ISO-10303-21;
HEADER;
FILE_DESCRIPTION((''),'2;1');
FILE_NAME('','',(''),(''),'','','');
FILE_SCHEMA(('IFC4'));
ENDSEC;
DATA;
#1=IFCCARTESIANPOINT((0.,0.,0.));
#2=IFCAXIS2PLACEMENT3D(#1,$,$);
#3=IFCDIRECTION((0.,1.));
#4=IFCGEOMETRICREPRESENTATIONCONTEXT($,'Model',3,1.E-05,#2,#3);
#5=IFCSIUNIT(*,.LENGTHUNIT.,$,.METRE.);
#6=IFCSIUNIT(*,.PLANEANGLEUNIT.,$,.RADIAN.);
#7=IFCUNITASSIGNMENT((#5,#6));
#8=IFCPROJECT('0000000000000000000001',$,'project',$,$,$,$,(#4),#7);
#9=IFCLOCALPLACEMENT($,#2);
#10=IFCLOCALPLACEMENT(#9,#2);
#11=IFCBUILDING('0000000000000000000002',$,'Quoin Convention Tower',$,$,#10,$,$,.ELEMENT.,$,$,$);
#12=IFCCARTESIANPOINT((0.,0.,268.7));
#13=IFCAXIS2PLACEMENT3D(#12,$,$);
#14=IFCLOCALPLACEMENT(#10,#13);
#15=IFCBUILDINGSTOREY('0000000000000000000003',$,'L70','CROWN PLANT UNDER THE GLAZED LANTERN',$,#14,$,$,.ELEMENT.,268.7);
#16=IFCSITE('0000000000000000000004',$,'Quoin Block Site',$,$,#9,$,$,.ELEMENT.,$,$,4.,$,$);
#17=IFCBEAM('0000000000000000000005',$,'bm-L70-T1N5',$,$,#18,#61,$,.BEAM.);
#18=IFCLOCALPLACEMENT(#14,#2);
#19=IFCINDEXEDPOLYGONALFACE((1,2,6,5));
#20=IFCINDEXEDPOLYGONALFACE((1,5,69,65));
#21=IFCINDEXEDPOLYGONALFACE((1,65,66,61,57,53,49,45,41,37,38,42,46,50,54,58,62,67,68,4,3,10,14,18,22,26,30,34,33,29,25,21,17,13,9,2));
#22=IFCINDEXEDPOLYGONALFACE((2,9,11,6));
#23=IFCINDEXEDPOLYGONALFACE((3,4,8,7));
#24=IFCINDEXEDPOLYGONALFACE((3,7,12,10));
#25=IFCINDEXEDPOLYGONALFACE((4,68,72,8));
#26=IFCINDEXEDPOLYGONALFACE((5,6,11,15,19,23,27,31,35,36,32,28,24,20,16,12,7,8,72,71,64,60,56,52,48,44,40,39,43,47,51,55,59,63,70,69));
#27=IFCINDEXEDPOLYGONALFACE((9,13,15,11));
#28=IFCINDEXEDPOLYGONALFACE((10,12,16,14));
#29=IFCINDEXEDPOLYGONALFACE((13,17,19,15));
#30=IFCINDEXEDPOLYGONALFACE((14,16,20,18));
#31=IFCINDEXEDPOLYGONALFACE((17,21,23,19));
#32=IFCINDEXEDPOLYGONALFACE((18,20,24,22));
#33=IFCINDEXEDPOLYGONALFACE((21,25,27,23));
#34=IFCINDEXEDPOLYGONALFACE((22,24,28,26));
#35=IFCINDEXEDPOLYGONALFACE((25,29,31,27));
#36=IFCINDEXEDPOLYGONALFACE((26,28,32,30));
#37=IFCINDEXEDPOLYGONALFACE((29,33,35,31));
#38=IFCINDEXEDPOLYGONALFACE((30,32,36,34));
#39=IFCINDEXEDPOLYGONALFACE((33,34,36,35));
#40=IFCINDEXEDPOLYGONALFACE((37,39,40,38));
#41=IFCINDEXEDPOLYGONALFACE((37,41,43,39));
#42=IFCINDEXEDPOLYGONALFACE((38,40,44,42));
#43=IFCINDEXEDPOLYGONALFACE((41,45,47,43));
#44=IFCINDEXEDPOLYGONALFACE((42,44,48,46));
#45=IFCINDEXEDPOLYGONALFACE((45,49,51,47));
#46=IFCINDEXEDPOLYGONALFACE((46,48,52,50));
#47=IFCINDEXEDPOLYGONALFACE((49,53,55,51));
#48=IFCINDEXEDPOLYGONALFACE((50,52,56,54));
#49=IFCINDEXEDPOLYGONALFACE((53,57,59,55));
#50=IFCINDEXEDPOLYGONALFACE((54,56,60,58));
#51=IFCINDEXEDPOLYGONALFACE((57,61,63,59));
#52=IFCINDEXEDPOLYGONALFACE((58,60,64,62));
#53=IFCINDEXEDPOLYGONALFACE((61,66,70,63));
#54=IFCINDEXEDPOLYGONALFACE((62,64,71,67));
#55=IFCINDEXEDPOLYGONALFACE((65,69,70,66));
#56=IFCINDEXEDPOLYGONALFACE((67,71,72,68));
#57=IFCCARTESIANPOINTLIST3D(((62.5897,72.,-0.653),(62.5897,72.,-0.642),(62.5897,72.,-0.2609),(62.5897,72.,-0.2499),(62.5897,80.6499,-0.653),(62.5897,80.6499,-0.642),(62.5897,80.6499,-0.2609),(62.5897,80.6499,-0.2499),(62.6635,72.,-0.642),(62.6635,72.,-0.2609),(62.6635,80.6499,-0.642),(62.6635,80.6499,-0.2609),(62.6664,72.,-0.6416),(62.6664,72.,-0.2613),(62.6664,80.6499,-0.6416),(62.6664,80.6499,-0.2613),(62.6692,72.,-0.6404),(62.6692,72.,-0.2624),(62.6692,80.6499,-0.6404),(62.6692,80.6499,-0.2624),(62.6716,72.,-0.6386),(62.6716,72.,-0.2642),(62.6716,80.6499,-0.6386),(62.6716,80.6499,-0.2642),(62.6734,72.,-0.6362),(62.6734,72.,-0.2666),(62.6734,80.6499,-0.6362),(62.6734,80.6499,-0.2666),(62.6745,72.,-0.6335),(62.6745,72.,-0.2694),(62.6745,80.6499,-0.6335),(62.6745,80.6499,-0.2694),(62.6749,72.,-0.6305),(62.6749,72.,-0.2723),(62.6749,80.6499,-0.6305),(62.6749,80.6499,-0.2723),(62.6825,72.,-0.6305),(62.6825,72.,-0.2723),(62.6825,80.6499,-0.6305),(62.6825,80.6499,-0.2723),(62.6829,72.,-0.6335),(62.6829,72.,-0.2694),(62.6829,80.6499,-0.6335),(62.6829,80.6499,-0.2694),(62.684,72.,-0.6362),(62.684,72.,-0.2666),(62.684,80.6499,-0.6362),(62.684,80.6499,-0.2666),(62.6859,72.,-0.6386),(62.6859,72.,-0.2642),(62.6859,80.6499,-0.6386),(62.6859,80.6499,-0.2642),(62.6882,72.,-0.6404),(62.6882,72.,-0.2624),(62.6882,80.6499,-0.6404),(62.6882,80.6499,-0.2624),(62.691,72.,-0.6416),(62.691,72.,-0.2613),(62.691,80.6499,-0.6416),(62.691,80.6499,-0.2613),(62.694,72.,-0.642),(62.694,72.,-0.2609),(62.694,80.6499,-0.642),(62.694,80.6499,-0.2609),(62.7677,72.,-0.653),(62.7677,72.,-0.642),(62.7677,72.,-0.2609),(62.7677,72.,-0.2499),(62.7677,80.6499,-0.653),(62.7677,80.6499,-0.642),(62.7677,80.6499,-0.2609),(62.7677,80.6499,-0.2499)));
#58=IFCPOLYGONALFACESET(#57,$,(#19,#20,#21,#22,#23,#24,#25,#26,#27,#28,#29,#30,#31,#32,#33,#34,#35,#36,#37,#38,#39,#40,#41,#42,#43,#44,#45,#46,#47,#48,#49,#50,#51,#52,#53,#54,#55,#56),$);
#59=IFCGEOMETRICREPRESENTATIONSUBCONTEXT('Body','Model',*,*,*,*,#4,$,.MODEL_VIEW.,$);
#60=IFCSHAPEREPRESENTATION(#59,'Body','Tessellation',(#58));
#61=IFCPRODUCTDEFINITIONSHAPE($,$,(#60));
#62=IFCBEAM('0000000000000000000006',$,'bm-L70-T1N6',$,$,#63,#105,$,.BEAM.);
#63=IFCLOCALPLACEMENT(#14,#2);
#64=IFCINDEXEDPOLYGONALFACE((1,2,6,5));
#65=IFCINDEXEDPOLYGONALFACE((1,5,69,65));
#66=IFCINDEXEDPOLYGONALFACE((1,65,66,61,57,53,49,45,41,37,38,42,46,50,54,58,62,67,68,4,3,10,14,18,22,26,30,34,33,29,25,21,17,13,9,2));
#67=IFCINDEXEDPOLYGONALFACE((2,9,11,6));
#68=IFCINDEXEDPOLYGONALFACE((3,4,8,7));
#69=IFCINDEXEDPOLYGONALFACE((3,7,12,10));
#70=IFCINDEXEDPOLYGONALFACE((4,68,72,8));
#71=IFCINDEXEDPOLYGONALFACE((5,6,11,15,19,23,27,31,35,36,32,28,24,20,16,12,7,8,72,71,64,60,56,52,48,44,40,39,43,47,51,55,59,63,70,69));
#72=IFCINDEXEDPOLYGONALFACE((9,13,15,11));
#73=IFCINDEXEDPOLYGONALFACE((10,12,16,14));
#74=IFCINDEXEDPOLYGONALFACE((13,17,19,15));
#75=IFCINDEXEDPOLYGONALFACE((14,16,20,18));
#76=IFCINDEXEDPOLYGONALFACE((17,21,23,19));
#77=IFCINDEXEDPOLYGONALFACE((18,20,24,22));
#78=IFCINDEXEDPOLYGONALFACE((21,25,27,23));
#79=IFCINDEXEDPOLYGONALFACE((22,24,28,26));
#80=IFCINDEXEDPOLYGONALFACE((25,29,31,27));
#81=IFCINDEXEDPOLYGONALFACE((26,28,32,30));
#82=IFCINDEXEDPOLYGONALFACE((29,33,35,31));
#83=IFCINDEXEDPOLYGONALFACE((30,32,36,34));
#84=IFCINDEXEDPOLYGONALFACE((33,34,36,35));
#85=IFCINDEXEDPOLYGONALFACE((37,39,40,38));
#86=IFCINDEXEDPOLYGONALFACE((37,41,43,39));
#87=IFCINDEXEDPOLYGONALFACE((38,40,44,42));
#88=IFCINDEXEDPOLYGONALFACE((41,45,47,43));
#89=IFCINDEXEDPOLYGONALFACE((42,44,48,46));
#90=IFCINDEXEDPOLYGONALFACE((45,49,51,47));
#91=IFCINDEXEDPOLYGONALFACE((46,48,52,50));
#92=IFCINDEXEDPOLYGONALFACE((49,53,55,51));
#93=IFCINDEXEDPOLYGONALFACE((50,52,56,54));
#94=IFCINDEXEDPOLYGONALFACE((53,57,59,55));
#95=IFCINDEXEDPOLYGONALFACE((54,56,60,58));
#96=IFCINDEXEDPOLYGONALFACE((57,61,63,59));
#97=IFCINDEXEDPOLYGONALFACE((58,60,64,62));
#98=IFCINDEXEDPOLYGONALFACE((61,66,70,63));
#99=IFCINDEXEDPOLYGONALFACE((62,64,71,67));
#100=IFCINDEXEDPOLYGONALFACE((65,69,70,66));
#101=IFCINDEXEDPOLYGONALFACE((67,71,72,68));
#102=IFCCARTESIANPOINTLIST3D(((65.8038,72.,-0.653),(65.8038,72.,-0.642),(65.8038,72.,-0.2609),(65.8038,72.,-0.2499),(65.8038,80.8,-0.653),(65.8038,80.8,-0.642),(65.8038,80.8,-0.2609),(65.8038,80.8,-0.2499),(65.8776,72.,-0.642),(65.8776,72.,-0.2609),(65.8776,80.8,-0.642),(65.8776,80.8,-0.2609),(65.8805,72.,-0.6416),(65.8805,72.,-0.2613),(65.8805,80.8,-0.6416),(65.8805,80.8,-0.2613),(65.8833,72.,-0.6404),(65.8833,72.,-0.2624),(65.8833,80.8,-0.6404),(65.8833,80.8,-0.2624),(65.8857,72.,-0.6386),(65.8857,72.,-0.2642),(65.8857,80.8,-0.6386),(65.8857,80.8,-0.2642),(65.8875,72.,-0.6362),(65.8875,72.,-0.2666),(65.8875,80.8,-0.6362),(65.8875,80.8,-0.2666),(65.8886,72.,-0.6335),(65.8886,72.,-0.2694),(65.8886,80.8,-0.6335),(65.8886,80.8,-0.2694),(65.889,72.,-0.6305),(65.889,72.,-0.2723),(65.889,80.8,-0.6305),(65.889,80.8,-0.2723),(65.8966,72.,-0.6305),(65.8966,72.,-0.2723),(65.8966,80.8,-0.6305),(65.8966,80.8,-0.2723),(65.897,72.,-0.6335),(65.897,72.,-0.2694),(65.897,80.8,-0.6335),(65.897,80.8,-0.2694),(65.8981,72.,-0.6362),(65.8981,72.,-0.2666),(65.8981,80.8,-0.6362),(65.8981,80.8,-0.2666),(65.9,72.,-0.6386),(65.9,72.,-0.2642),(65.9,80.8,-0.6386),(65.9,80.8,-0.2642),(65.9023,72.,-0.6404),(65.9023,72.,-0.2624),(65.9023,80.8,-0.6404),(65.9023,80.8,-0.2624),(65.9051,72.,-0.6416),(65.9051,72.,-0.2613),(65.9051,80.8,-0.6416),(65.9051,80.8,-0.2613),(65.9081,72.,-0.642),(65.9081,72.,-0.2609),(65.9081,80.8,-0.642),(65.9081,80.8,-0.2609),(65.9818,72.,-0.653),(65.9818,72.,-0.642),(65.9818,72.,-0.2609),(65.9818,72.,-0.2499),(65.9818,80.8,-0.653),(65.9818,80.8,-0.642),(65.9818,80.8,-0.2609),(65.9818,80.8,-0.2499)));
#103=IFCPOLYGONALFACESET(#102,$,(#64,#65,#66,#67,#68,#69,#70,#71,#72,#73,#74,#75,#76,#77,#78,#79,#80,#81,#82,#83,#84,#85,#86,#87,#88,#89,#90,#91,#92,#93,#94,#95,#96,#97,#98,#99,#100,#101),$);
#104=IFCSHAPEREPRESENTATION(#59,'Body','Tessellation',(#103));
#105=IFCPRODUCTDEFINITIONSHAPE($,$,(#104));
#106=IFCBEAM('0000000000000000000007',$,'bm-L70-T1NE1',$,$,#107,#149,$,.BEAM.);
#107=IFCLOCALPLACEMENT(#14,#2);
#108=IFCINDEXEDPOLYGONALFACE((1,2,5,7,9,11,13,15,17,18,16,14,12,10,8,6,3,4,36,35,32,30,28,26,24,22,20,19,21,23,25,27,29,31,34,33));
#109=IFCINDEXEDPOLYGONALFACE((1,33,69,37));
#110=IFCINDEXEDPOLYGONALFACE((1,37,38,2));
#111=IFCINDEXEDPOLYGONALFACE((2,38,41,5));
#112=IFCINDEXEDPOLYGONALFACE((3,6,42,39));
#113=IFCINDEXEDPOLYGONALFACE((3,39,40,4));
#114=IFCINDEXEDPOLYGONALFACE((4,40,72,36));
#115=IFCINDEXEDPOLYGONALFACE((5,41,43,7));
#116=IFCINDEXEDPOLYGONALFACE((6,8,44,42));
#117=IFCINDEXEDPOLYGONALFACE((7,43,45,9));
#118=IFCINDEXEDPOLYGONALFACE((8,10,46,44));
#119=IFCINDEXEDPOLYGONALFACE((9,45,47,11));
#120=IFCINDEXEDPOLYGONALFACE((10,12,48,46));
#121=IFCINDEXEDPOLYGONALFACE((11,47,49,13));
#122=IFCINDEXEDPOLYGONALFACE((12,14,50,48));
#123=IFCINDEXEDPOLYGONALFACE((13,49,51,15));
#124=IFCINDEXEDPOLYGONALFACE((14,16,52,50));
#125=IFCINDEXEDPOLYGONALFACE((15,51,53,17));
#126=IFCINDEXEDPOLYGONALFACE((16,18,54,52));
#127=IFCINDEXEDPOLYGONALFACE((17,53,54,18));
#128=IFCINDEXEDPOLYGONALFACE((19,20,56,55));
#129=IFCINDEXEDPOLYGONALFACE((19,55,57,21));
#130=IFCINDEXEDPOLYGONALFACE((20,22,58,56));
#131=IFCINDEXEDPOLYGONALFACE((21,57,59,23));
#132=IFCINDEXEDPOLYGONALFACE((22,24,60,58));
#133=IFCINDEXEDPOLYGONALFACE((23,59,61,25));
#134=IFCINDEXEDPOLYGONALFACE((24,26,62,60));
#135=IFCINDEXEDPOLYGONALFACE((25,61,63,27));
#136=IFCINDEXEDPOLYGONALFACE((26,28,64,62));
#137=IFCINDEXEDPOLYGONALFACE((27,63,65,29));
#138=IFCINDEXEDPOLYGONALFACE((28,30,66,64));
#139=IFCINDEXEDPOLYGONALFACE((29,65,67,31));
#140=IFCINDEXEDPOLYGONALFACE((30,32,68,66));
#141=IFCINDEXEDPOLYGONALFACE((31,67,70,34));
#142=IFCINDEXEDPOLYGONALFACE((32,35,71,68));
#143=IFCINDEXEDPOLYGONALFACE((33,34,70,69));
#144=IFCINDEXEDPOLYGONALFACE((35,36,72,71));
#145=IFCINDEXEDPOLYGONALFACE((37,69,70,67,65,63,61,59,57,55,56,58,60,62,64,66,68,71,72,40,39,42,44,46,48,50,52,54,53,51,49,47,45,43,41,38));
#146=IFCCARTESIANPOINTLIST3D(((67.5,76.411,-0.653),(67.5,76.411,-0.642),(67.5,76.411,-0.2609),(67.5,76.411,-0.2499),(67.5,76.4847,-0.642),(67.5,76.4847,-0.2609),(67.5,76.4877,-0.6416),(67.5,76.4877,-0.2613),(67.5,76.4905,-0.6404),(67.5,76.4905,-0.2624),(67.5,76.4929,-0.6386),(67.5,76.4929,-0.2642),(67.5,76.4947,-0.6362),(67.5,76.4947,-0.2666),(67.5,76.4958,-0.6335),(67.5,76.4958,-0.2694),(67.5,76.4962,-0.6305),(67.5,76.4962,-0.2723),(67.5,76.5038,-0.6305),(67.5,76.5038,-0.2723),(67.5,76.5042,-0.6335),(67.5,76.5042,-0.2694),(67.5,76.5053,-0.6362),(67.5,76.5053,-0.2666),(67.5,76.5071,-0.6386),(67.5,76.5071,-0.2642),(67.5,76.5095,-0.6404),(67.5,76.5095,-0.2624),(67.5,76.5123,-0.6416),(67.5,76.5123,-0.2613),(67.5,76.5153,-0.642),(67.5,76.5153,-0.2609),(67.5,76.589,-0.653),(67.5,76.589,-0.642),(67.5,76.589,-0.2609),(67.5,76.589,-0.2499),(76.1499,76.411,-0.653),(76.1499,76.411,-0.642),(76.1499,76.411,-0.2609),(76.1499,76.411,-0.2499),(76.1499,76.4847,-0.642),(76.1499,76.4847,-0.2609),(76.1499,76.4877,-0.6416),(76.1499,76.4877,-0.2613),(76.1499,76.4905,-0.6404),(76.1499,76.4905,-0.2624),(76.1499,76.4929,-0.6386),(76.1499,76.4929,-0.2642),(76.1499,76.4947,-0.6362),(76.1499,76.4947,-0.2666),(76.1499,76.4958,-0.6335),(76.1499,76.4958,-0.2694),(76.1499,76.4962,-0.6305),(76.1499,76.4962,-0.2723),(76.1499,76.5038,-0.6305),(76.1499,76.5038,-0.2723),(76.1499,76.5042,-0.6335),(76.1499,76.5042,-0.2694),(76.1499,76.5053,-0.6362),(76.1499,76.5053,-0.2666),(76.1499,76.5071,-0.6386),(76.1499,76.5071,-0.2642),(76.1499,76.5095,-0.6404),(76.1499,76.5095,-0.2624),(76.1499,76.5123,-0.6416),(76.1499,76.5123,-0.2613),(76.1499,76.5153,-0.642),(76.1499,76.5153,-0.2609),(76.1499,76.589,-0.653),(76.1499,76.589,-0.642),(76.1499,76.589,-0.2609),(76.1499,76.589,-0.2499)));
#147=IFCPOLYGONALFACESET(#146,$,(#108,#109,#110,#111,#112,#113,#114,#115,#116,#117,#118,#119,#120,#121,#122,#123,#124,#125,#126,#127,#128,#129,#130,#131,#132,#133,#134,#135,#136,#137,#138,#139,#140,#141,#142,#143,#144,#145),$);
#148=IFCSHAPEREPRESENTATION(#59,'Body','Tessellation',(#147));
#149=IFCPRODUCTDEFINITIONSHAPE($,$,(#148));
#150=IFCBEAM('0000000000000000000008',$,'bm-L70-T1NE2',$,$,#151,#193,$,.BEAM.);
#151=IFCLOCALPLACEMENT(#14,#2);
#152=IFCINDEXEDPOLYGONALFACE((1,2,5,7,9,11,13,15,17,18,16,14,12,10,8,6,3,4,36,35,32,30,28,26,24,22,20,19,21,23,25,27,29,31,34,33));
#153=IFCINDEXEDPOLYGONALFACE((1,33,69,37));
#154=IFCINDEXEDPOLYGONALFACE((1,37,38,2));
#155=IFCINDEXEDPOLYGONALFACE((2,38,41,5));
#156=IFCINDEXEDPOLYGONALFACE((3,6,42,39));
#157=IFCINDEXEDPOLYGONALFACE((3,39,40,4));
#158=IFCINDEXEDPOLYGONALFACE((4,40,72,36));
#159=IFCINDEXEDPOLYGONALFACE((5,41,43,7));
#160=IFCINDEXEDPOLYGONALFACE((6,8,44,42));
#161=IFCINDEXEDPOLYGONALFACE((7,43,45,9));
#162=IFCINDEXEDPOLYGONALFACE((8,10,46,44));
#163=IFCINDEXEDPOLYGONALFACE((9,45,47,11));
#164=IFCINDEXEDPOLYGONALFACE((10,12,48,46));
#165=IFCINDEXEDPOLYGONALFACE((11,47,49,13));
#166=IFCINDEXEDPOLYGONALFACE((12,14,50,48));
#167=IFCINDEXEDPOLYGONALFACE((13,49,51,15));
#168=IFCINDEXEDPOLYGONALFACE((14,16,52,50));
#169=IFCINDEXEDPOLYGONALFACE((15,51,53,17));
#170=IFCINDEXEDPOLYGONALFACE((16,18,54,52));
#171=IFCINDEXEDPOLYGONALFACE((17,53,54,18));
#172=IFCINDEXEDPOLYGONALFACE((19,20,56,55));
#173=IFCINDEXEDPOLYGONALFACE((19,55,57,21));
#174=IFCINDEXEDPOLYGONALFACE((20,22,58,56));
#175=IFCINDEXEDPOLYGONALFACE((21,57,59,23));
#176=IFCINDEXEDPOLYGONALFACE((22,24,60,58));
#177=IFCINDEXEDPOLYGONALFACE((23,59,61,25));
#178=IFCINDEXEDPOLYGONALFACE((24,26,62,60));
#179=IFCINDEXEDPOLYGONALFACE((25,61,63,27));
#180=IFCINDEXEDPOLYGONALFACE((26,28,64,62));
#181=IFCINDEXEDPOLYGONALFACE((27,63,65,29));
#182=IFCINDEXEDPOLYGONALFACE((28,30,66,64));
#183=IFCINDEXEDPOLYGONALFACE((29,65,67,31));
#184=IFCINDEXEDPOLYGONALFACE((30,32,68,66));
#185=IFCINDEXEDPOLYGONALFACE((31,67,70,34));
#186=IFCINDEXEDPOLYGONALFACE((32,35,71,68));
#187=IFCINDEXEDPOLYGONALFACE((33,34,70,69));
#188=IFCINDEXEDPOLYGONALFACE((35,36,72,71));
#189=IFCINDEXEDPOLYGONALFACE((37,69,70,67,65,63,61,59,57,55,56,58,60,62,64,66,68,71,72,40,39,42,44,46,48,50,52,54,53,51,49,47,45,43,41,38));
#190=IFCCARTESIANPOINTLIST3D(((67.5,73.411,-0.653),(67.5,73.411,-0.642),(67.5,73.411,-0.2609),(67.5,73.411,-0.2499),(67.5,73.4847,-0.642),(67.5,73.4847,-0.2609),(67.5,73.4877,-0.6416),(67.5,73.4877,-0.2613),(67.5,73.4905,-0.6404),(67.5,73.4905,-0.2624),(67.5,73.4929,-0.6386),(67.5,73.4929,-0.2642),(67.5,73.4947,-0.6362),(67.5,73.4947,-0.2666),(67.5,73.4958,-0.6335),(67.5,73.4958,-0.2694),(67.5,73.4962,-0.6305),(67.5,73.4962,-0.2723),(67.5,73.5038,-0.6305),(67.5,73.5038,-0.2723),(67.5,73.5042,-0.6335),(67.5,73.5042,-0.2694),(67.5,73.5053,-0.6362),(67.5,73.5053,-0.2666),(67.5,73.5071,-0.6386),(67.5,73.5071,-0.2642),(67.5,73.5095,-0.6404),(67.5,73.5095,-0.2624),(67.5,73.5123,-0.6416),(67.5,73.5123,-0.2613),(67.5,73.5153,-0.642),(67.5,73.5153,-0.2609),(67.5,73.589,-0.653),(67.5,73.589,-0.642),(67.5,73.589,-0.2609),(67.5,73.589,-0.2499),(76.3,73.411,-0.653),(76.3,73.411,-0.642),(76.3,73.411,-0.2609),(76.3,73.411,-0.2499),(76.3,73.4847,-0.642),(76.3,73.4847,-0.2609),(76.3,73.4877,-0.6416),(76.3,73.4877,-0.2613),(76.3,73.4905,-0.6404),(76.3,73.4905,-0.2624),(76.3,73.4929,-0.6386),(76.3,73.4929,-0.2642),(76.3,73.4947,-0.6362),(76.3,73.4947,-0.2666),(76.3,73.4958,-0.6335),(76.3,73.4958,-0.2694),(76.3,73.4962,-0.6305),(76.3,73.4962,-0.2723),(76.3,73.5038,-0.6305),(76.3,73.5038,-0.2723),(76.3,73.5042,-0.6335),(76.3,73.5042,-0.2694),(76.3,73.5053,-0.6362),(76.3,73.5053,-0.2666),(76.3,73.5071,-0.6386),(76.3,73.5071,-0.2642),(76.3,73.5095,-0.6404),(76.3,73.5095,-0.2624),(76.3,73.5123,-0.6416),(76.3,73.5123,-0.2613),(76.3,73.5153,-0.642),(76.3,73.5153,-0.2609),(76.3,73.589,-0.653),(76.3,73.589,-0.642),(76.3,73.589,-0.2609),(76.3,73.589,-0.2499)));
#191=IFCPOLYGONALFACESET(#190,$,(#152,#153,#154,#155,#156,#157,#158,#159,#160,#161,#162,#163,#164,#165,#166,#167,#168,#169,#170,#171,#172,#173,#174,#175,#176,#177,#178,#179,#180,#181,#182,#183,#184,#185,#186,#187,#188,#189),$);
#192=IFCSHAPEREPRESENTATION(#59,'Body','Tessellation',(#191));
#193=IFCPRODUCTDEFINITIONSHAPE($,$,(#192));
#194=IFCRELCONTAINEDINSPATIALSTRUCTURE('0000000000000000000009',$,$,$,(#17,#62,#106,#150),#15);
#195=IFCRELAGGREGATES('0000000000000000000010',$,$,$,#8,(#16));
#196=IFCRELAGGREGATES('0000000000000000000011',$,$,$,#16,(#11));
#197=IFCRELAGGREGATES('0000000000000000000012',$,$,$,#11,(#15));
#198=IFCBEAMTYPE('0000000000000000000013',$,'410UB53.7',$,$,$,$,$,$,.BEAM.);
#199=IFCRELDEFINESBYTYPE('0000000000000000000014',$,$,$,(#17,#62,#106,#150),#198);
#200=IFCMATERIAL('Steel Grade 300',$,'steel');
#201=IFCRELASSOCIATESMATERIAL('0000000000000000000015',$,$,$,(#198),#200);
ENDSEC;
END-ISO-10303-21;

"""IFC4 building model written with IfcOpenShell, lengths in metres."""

from ifc_helpers import new_model, si_unit, direction, frame, origin, origin_2d, place, context, subcontext, project, spatial, i_section, extrude, material, material_profile, profile_set, type_object, element, save


model = new_model("IFC4")

# Units and contexts
model_context = context("Model", 3, precision=1e-05, world=origin(), true_north=direction((0.0, 1.0)))
body_context = subcontext(model_context, "Body", "Model", "MODEL_VIEW")
ifc_project = project(units=[si_unit("LENGTHUNIT", "METRE"), si_unit("PLANEANGLEUNIT", "RADIAN")], contexts=[model_context])

# Site, building, storey
site_placement = place(None, origin())
site = spatial("IfcSite", under=ifc_project, at=site_placement, Name="Quoin Block Site", CompositionType="ELEMENT", RefElevation=4.0)
building_placement = place(site_placement, origin())
building = spatial("IfcBuilding", under=site, at=building_placement, Name="Quoin Convention Tower", CompositionType="ELEMENT")
storey_placement = place(building_placement, frame((0.0, 0.0, 268.7)))
storey = spatial("IfcBuildingStorey", under=building, at=storey_placement, Name="L70", Description="CROWN PLANT UNDER THE GLAZED LANTERN", CompositionType="ELEMENT", Elevation=268.7)

# Beams
ifc_material_1 = material(Name="Steel Grade 300", Category="steel")
ifc_material_profile_1 = material_profile(ifc_material_1, i_section(OverallWidth=0.178, OverallDepth=0.4031, WebThickness=0.0076, FlangeThickness=0.011, FilletRadius=0.0115, at=origin_2d()), Name="410UB53.7")
ifc_profile_set_1 = profile_set([ifc_material_profile_1], Name="Steel Grade 300")
beam_type_1 = type_object("IfcBeamType", Name="410UB53.7", PredefinedType="BEAM", material=ifc_profile_set_1)
beam_1_placement = place(storey_placement, frame((62.6787, 72.0, -0.4514), z_axis=(0.0, 1.0, 0.0), x_axis=(-1.0, 0.0, 0.0)))
element("IfcBeam", 1, at=beam_1_placement, inside=storey, type_object=beam_type_1, Name="bm-L70-T1N5", PredefinedType="BEAM", context=body_context, shape_type="SweptSolid", body=[
    extrude(i_section(OverallWidth=0.178, OverallDepth=0.4031, WebThickness=0.0076, FlangeThickness=0.011, FilletRadius=0.0115, at=origin_2d()), origin(), (0.0, 0.0, 1.0), 8.6499),
])
beam_2_placement = place(storey_placement, frame((65.8928, 72.0, -0.4514), z_axis=(0.0, 1.0, 0.0), x_axis=(-1.0, 0.0, 0.0)))
element("IfcBeam", 2, at=beam_2_placement, inside=storey, type_object=beam_type_1, Name="bm-L70-T1N6", PredefinedType="BEAM", context=body_context, shape_type="SweptSolid", body=[
    extrude(i_section(OverallWidth=0.178, OverallDepth=0.4031, WebThickness=0.0076, FlangeThickness=0.011, FilletRadius=0.0115, at=origin_2d()), origin(), (0.0, 0.0, 1.0), 8.8),
])
beam_3_placement = place(storey_placement, frame((67.5, 76.5, -0.4514), z_axis=(1.0, 0.0, 0.0), x_axis=(0.0, 1.0, 0.0)))
element("IfcBeam", 3, at=beam_3_placement, inside=storey, type_object=beam_type_1, Name="bm-L70-T1NE1", PredefinedType="BEAM", context=body_context, shape_type="SweptSolid", body=[
    extrude(i_section(OverallWidth=0.178, OverallDepth=0.4031, WebThickness=0.0076, FlangeThickness=0.011, FilletRadius=0.0115, at=origin_2d()), origin(), (0.0, 0.0, 1.0), 8.6499),
])
for number, where, z_axis, x_axis, name in (
    (4, (67.5, 73.5, -0.4514), (1.0, 0.0, 0.0), (0.0, 1.0, 0.0), "bm-L70-T1NE2"),
):
    element("IfcBeam", number, at=place(storey_placement, frame(where, z_axis=z_axis, x_axis=x_axis)), inside=storey, type_object=beam_type_1, Name=name, PredefinedType="BEAM", context=body_context, shape_type="SweptSolid", body=[
        extrude(i_section(OverallWidth=0.178, OverallDepth=0.4031, WebThickness=0.0076, FlangeThickness=0.011, FilletRadius=0.0115, at=origin_2d()), origin(), (0.0, 0.0, 1.0), 8.8),
    ])

save(model, "model.ifc")
